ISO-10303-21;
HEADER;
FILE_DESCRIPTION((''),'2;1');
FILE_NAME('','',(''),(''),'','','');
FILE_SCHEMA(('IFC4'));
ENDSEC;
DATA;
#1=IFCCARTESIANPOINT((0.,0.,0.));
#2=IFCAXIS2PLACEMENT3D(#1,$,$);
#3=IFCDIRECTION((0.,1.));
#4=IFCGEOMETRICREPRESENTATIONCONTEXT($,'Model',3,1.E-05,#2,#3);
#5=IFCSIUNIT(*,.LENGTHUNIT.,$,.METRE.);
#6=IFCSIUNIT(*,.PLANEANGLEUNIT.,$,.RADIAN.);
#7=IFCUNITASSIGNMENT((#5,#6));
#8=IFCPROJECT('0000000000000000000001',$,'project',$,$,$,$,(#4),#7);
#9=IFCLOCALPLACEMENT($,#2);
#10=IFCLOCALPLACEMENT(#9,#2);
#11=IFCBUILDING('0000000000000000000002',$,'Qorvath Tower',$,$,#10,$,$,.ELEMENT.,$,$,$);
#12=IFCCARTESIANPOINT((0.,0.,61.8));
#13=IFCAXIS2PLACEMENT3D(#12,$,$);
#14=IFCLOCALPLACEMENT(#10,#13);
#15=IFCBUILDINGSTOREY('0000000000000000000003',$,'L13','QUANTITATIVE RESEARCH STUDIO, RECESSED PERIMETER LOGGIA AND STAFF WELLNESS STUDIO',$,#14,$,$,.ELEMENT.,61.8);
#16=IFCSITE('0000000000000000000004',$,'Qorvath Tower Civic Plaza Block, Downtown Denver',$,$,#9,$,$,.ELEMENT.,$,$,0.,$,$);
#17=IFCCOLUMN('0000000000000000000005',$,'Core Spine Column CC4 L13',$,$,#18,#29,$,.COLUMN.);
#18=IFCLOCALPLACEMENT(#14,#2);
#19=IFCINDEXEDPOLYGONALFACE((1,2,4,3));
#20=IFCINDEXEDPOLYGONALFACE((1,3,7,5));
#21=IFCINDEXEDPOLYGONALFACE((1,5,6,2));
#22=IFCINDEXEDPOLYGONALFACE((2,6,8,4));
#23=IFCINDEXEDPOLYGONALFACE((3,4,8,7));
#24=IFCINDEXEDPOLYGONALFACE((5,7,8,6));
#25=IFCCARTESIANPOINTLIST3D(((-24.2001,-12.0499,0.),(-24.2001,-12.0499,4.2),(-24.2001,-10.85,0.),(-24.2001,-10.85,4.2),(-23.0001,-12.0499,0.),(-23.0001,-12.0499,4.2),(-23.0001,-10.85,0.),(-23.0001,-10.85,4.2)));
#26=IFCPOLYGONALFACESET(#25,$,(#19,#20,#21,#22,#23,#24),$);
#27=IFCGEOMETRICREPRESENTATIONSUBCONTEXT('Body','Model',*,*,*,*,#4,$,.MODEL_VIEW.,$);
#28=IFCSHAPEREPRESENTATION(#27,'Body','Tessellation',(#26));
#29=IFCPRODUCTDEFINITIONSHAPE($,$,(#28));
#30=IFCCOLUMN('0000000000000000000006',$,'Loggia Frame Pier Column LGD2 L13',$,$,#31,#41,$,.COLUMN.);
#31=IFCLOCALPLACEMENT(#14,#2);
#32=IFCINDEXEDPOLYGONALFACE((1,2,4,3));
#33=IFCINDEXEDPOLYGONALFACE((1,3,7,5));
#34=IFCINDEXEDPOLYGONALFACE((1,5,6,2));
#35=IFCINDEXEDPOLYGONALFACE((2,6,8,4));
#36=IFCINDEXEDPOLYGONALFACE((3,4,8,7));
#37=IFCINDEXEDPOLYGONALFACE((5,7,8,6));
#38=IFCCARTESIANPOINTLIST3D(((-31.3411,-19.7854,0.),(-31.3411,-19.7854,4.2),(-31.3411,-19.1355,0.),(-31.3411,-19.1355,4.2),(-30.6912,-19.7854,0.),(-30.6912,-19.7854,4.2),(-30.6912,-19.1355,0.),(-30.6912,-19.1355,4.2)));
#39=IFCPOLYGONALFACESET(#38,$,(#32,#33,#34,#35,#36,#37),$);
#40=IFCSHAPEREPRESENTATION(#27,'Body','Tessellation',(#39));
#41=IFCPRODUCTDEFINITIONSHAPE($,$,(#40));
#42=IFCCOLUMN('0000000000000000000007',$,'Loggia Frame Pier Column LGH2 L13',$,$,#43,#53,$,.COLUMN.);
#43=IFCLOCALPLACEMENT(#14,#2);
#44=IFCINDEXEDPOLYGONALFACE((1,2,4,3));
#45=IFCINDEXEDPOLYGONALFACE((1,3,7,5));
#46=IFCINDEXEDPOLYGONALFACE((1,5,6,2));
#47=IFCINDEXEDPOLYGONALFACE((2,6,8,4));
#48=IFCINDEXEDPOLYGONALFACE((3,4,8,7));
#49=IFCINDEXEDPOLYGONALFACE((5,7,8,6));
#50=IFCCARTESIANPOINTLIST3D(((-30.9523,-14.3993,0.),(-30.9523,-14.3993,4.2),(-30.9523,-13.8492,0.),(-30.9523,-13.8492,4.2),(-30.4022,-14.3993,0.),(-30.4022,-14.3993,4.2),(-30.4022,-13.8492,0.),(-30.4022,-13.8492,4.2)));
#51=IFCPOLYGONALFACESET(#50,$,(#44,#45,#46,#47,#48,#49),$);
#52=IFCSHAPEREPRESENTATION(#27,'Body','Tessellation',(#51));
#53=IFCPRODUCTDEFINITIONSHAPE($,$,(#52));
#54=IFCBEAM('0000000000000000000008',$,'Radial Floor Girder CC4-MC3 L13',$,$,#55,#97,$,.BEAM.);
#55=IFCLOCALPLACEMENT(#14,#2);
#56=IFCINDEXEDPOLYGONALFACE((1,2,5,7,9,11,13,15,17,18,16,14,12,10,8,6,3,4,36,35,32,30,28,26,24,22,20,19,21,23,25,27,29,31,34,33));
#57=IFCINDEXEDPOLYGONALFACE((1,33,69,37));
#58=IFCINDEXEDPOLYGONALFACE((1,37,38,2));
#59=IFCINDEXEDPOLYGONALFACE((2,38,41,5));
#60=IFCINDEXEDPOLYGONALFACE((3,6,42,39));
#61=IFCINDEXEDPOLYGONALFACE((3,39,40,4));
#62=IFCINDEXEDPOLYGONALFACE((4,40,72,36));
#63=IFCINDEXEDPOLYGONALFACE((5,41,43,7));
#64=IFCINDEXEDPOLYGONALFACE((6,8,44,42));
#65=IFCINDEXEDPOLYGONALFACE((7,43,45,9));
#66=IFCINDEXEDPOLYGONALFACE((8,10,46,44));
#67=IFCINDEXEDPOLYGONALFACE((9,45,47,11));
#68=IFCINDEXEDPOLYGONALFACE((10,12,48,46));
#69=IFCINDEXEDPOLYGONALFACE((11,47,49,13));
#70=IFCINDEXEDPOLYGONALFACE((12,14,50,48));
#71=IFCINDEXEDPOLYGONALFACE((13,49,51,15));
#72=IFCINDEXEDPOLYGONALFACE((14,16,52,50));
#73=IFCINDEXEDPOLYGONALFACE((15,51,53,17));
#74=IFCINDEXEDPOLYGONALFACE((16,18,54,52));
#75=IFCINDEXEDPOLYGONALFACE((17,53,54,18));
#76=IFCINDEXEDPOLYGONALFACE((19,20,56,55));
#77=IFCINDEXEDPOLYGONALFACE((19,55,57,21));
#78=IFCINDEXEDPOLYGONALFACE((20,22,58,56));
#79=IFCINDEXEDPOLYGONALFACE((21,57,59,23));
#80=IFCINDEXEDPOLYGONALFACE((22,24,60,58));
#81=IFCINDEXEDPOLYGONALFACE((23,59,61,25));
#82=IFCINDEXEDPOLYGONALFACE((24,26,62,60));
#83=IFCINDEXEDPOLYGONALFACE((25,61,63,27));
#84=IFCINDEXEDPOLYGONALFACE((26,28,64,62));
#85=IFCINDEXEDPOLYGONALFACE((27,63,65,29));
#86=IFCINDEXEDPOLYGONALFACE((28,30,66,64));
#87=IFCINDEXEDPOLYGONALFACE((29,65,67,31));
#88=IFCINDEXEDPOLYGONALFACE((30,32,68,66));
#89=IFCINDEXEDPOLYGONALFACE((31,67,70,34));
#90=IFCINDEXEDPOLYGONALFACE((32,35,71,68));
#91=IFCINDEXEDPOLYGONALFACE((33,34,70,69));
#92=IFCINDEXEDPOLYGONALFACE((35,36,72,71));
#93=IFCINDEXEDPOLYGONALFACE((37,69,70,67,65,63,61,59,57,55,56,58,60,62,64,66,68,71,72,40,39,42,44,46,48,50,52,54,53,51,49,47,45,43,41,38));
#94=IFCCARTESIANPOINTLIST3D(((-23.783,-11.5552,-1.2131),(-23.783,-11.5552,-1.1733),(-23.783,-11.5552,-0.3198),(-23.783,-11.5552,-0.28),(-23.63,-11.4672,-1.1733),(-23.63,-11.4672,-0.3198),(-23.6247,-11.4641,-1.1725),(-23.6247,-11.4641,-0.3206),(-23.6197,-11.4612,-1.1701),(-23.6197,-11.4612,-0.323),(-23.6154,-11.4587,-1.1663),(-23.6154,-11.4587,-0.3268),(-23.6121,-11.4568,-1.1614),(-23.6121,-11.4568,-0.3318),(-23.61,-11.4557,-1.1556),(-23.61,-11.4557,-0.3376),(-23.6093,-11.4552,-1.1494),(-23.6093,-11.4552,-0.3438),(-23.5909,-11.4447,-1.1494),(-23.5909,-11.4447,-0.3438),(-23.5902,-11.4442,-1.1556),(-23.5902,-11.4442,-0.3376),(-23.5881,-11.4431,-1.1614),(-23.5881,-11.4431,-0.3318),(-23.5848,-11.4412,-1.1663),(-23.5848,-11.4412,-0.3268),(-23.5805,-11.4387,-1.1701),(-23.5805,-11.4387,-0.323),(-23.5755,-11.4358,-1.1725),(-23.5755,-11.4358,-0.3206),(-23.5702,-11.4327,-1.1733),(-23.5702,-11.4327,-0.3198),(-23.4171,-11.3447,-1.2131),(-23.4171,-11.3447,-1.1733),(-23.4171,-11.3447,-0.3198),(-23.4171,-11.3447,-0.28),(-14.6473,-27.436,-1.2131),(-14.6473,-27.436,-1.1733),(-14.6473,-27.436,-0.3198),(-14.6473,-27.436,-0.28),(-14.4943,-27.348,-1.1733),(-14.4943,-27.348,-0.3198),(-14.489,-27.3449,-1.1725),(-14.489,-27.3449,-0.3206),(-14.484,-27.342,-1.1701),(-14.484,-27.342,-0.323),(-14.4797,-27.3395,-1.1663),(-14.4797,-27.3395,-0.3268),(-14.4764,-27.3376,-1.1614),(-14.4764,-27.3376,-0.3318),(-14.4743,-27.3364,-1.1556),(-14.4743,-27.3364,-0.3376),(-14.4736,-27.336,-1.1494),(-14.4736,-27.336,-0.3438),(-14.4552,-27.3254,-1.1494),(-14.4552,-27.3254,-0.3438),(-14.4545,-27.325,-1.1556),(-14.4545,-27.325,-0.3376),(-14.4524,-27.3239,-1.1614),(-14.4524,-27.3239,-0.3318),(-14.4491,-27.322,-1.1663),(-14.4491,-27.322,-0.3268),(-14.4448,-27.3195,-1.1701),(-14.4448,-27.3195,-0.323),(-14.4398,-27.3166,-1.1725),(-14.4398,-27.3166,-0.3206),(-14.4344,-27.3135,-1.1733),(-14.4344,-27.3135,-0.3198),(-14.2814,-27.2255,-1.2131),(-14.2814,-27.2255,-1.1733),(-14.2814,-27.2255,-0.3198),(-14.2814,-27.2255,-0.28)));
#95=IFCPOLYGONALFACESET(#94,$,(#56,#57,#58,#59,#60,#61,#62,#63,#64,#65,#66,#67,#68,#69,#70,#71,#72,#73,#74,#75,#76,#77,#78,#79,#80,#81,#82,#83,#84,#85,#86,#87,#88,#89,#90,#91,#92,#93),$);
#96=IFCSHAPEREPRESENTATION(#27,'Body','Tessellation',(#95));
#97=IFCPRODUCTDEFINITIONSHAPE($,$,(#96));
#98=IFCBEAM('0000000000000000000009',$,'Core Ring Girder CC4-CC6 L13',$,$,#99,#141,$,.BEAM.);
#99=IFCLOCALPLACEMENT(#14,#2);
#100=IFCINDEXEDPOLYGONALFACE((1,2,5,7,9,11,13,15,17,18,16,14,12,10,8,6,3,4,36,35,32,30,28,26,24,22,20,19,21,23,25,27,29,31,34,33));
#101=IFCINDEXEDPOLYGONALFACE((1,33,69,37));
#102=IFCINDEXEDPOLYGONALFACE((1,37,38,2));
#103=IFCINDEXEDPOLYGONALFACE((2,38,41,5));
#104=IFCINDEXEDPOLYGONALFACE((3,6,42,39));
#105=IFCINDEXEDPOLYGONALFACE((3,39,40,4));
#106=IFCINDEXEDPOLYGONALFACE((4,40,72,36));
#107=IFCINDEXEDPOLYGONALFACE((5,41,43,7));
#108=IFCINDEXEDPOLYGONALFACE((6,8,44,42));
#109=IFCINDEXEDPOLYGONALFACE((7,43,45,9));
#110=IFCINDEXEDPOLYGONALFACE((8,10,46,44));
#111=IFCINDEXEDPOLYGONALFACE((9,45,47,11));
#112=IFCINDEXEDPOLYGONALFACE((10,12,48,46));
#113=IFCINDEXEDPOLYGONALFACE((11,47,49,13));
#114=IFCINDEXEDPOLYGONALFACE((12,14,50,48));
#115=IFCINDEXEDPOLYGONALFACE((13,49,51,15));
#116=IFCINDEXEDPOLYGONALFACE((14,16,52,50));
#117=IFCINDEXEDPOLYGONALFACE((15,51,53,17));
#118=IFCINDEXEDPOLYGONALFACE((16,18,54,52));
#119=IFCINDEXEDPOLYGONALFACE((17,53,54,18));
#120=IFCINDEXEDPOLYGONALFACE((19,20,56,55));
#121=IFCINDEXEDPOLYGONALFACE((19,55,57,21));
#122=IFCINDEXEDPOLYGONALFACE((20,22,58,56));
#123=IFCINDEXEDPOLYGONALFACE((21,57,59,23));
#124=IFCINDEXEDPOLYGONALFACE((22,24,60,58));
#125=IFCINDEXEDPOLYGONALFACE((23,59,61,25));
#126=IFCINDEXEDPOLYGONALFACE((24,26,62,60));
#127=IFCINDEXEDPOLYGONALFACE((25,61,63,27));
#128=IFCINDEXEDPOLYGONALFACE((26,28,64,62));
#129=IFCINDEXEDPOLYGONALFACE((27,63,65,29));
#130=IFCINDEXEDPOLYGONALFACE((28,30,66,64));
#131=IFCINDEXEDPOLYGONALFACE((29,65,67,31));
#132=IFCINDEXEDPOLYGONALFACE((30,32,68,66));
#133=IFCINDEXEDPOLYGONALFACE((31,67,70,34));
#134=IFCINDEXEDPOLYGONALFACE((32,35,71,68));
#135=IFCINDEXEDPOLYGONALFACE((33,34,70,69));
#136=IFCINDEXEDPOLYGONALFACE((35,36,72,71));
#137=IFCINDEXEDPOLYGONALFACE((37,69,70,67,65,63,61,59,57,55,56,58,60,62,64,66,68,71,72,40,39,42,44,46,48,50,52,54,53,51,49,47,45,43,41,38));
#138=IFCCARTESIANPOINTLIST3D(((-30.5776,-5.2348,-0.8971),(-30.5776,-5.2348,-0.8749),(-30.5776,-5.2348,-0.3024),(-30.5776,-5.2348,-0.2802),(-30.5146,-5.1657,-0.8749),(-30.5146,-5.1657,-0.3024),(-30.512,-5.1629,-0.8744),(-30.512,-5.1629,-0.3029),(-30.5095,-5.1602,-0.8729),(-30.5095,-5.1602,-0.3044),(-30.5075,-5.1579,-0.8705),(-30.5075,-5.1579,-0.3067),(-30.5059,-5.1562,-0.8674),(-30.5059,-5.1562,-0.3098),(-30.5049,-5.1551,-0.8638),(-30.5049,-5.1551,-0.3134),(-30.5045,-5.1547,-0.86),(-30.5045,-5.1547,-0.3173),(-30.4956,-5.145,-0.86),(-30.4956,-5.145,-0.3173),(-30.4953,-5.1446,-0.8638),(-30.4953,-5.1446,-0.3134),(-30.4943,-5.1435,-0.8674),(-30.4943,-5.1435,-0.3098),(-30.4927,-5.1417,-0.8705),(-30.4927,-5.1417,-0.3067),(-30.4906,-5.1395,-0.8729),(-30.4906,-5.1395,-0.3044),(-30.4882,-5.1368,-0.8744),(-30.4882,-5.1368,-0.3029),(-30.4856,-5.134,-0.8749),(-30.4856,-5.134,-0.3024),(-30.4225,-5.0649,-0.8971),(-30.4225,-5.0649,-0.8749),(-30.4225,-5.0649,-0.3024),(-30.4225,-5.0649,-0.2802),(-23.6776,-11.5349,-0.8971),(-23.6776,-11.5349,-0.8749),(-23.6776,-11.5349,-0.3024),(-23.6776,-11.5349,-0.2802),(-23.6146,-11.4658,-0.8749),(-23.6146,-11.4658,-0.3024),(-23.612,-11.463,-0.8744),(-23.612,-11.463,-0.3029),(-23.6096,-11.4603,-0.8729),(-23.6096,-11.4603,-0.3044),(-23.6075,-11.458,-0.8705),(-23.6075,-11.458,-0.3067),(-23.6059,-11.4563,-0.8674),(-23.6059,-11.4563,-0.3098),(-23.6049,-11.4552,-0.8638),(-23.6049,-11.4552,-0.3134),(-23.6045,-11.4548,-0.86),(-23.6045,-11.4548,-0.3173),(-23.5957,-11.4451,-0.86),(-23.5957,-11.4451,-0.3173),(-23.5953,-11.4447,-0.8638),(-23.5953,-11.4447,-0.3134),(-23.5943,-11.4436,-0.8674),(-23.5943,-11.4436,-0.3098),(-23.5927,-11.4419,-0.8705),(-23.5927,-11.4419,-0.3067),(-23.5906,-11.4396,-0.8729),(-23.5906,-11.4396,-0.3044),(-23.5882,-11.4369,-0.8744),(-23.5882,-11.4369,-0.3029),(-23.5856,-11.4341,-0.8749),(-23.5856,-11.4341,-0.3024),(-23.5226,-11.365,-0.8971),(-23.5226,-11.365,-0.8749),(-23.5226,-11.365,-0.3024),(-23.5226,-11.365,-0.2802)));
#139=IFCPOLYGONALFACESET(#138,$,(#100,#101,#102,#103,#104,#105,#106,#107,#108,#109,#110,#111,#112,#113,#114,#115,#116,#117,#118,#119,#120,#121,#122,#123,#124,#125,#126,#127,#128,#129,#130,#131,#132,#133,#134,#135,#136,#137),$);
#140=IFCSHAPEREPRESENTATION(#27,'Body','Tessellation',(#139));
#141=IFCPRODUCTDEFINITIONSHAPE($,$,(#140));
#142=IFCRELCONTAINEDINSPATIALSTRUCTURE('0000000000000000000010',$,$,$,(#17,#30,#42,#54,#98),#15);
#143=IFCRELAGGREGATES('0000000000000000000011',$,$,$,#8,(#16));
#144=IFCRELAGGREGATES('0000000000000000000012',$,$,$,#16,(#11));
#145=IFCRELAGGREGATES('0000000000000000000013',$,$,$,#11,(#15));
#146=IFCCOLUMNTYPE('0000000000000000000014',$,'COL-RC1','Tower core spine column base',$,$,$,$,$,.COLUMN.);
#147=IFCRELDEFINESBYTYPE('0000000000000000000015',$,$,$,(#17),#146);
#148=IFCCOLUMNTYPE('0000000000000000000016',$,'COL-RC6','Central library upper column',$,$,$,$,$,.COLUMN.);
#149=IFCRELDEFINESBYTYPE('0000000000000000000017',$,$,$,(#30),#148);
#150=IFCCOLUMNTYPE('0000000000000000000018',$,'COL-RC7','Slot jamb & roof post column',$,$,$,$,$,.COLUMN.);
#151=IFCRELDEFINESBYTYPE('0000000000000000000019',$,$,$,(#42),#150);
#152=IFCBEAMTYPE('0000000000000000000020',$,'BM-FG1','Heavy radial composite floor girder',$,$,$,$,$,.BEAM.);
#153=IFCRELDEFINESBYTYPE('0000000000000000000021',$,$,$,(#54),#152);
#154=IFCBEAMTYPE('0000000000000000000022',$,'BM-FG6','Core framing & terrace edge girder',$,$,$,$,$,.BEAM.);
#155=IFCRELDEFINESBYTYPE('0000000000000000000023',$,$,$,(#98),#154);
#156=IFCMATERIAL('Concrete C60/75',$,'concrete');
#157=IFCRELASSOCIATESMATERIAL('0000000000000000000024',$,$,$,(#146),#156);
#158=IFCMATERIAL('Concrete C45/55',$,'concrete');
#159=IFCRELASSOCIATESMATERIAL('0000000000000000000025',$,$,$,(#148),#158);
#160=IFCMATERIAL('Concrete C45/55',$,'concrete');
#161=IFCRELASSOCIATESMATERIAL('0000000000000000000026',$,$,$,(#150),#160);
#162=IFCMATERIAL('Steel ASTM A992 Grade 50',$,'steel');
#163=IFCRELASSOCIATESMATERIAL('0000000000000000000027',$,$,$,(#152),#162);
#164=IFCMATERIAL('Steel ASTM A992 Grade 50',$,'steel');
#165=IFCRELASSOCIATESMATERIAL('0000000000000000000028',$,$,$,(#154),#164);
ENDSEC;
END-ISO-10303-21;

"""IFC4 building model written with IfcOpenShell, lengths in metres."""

from ifc_helpers import new_model, si_unit, direction, frame, origin, origin_2d, place, context, subcontext, project, spatial, rectangle, i_section, extrude, material, material_profile, profile_set, type_object, element, save


model = new_model("IFC4")

# Units and contexts
model_context = context("Model", 3, precision=1e-05, world=origin(), true_north=direction((0.0, 1.0)))
body_context = subcontext(model_context, "Body", "Model", "MODEL_VIEW")
ifc_project = project(units=[si_unit("LENGTHUNIT", "METRE"), si_unit("PLANEANGLEUNIT", "RADIAN")], contexts=[model_context])

# Site, building, storey
site_placement = place(None, origin())
site = spatial("IfcSite", under=ifc_project, at=site_placement, Name="Qorvath Tower Civic Plaza Block, Downtown Denver", CompositionType="ELEMENT", RefElevation=0.0)
building_placement = place(site_placement, origin())
building = spatial("IfcBuilding", under=site, at=building_placement, Name="Qorvath Tower", CompositionType="ELEMENT")
storey_placement = place(building_placement, frame((0.0, 0.0, 61.8)))
storey = spatial("IfcBuildingStorey", under=building, at=storey_placement, Name="L13", Description="QUANTITATIVE RESEARCH STUDIO, RECESSED PERIMETER LOGGIA AND STAFF WELLNESS STUDIO", CompositionType="ELEMENT", Elevation=61.8)

# Columns
ifc_material_1 = material(Name="Concrete C60/75", Category="concrete")
ifc_material_profile_1 = material_profile(ifc_material_1, rectangle(XDim=1.2, YDim=1.2, at=origin_2d()), Name="RC 1200x1200")
ifc_profile_set_1 = profile_set([ifc_material_profile_1], Name="Concrete C60/75")
column_type_1 = type_object("IfcColumnType", Name="COL-RC1", Description="Tower core spine column base", PredefinedType="COLUMN", material=ifc_profile_set_1)
column_1_placement = place(storey_placement, frame((-23.6001, -11.45, 0.0), z_axis=(0.0, 0.0, 1.0), x_axis=(1.0, 0.0, 0.0)))
element("IfcColumn", 1, at=column_1_placement, inside=storey, type_object=column_type_1, Name="Core Spine Column CC4 L13", PredefinedType="COLUMN", context=body_context, shape_type="SweptSolid", body=[
    extrude(rectangle(XDim=1.2, YDim=1.2, at=origin_2d()), origin(), (0.0, 0.0, 1.0), 4.2),
])
ifc_material_2 = material(Name="Concrete C45/55", Category="concrete")
ifc_material_profile_2 = material_profile(ifc_material_2, rectangle(XDim=0.6499, YDim=0.6499, at=origin_2d()), Name="RC 650x650")
ifc_profile_set_2 = profile_set([ifc_material_profile_2], Name="Concrete C45/55")
column_type_2 = type_object("IfcColumnType", Name="COL-RC6", Description="Central library upper column", PredefinedType="COLUMN", material=ifc_profile_set_2)
column_2_placement = place(storey_placement, frame((-31.0161, -19.4604, 0.0), z_axis=(0.0, 0.0, 1.0), x_axis=(1.0, 0.0, 0.0)))
element("IfcColumn", 2, at=column_2_placement, inside=storey, type_object=column_type_2, Name="Loggia Frame Pier Column LGD2 L13", PredefinedType="COLUMN", context=body_context, shape_type="SweptSolid", body=[
    extrude(rectangle(XDim=0.6499, YDim=0.6499, at=origin_2d()), origin(), (0.0, 0.0, 1.0), 4.2),
])
ifc_material_3 = material(Name="Concrete C45/55", Category="concrete")
ifc_material_profile_3 = material_profile(ifc_material_3, rectangle(XDim=0.55, YDim=0.55, at=origin_2d()), Name="RC 550x550")
ifc_profile_set_3 = profile_set([ifc_material_profile_3], Name="Concrete C45/55")
column_type_3 = type_object("IfcColumnType", Name="COL-RC7", Description="Slot jamb & roof post column", PredefinedType="COLUMN", material=ifc_profile_set_3)
column_3_placement = place(storey_placement, frame((-30.6772, -14.1243, 0.0), z_axis=(0.0, 0.0, 1.0), x_axis=(1.0, 0.0, 0.0)))
element("IfcColumn", 3, at=column_3_placement, inside=storey, type_object=column_type_3, Name="Loggia Frame Pier Column LGH2 L13", PredefinedType="COLUMN", context=body_context, shape_type="SweptSolid", body=[
    extrude(rectangle(XDim=0.55, YDim=0.55, at=origin_2d()), origin(), (0.0, 0.0, 1.0), 4.2),
])

# Beams
ifc_material_4 = material(Name="Steel ASTM A992 Grade 50", Category="steel")
ifc_material_profile_4 = material_profile(ifc_material_4, i_section(OverallWidth=0.4221, OverallDepth=0.9331, WebThickness=0.0212, FlangeThickness=0.0398, FilletRadius=0.0239, at=origin_2d()), Name="W36x262")
ifc_profile_set_4 = profile_set([ifc_material_profile_4], Name="Steel ASTM A992 Grade 50")
beam_type_1 = type_object("IfcBeamType", Name="BM-FG1", Description="Heavy radial composite floor girder", PredefinedType="BEAM", material=ifc_profile_set_4)
beam_1_placement = place(storey_placement, frame((-23.6001, -11.45, -0.7466), z_axis=(0.498645, -0.866806, 0.0), x_axis=(0.866806, 0.498645, 0.0)))
element("IfcBeam", 4, at=beam_1_placement, inside=storey, type_object=beam_type_1, Name="Radial Floor Girder CC4-MC3 L13", PredefinedType="BEAM", context=body_context, shape_type="SweptSolid", body=[
    extrude(i_section(OverallWidth=0.4221, OverallDepth=0.9331, WebThickness=0.0212, FlangeThickness=0.0398, FilletRadius=0.0239, at=origin_2d()), origin(), (0.0, 0.0, 1.0), 18.321),
])
ifc_material_5 = material(Name="Steel ASTM A992 Grade 50", Category="steel")
ifc_material_profile_5 = material_profile(ifc_material_5, i_section(OverallWidth=0.23, OverallDepth=0.6169, WebThickness=0.0132, FlangeThickness=0.0222, FilletRadius=0.0149, at=origin_2d()), Name="W24x94")
ifc_profile_set_5 = profile_set([ifc_material_profile_5], Name="Steel ASTM A992 Grade 50")
beam_type_2 = type_object("IfcBeamType", Name="BM-FG6", Description="Core framing & terrace edge girder", PredefinedType="BEAM", material=ifc_profile_set_5)
beam_2_placement = place(storey_placement, frame((-23.6001, -11.45, -0.5886), z_axis=(-0.738478, 0.674277, 0.0), x_axis=(-0.674277, -0.738478, 0.0)))
element("IfcBeam", 5, at=beam_2_placement, inside=storey, type_object=beam_type_2, Name="Core Ring Girder CC4-CC6 L13", PredefinedType="BEAM", context=body_context, shape_type="SweptSolid", body=[
    extrude(i_section(OverallWidth=0.23, OverallDepth=0.6169, WebThickness=0.0132, FlangeThickness=0.0222, FilletRadius=0.0149, at=origin_2d()), origin(), (0.0, 0.0, 1.0), 9.3435),
])

save(model, "model.ifc")
